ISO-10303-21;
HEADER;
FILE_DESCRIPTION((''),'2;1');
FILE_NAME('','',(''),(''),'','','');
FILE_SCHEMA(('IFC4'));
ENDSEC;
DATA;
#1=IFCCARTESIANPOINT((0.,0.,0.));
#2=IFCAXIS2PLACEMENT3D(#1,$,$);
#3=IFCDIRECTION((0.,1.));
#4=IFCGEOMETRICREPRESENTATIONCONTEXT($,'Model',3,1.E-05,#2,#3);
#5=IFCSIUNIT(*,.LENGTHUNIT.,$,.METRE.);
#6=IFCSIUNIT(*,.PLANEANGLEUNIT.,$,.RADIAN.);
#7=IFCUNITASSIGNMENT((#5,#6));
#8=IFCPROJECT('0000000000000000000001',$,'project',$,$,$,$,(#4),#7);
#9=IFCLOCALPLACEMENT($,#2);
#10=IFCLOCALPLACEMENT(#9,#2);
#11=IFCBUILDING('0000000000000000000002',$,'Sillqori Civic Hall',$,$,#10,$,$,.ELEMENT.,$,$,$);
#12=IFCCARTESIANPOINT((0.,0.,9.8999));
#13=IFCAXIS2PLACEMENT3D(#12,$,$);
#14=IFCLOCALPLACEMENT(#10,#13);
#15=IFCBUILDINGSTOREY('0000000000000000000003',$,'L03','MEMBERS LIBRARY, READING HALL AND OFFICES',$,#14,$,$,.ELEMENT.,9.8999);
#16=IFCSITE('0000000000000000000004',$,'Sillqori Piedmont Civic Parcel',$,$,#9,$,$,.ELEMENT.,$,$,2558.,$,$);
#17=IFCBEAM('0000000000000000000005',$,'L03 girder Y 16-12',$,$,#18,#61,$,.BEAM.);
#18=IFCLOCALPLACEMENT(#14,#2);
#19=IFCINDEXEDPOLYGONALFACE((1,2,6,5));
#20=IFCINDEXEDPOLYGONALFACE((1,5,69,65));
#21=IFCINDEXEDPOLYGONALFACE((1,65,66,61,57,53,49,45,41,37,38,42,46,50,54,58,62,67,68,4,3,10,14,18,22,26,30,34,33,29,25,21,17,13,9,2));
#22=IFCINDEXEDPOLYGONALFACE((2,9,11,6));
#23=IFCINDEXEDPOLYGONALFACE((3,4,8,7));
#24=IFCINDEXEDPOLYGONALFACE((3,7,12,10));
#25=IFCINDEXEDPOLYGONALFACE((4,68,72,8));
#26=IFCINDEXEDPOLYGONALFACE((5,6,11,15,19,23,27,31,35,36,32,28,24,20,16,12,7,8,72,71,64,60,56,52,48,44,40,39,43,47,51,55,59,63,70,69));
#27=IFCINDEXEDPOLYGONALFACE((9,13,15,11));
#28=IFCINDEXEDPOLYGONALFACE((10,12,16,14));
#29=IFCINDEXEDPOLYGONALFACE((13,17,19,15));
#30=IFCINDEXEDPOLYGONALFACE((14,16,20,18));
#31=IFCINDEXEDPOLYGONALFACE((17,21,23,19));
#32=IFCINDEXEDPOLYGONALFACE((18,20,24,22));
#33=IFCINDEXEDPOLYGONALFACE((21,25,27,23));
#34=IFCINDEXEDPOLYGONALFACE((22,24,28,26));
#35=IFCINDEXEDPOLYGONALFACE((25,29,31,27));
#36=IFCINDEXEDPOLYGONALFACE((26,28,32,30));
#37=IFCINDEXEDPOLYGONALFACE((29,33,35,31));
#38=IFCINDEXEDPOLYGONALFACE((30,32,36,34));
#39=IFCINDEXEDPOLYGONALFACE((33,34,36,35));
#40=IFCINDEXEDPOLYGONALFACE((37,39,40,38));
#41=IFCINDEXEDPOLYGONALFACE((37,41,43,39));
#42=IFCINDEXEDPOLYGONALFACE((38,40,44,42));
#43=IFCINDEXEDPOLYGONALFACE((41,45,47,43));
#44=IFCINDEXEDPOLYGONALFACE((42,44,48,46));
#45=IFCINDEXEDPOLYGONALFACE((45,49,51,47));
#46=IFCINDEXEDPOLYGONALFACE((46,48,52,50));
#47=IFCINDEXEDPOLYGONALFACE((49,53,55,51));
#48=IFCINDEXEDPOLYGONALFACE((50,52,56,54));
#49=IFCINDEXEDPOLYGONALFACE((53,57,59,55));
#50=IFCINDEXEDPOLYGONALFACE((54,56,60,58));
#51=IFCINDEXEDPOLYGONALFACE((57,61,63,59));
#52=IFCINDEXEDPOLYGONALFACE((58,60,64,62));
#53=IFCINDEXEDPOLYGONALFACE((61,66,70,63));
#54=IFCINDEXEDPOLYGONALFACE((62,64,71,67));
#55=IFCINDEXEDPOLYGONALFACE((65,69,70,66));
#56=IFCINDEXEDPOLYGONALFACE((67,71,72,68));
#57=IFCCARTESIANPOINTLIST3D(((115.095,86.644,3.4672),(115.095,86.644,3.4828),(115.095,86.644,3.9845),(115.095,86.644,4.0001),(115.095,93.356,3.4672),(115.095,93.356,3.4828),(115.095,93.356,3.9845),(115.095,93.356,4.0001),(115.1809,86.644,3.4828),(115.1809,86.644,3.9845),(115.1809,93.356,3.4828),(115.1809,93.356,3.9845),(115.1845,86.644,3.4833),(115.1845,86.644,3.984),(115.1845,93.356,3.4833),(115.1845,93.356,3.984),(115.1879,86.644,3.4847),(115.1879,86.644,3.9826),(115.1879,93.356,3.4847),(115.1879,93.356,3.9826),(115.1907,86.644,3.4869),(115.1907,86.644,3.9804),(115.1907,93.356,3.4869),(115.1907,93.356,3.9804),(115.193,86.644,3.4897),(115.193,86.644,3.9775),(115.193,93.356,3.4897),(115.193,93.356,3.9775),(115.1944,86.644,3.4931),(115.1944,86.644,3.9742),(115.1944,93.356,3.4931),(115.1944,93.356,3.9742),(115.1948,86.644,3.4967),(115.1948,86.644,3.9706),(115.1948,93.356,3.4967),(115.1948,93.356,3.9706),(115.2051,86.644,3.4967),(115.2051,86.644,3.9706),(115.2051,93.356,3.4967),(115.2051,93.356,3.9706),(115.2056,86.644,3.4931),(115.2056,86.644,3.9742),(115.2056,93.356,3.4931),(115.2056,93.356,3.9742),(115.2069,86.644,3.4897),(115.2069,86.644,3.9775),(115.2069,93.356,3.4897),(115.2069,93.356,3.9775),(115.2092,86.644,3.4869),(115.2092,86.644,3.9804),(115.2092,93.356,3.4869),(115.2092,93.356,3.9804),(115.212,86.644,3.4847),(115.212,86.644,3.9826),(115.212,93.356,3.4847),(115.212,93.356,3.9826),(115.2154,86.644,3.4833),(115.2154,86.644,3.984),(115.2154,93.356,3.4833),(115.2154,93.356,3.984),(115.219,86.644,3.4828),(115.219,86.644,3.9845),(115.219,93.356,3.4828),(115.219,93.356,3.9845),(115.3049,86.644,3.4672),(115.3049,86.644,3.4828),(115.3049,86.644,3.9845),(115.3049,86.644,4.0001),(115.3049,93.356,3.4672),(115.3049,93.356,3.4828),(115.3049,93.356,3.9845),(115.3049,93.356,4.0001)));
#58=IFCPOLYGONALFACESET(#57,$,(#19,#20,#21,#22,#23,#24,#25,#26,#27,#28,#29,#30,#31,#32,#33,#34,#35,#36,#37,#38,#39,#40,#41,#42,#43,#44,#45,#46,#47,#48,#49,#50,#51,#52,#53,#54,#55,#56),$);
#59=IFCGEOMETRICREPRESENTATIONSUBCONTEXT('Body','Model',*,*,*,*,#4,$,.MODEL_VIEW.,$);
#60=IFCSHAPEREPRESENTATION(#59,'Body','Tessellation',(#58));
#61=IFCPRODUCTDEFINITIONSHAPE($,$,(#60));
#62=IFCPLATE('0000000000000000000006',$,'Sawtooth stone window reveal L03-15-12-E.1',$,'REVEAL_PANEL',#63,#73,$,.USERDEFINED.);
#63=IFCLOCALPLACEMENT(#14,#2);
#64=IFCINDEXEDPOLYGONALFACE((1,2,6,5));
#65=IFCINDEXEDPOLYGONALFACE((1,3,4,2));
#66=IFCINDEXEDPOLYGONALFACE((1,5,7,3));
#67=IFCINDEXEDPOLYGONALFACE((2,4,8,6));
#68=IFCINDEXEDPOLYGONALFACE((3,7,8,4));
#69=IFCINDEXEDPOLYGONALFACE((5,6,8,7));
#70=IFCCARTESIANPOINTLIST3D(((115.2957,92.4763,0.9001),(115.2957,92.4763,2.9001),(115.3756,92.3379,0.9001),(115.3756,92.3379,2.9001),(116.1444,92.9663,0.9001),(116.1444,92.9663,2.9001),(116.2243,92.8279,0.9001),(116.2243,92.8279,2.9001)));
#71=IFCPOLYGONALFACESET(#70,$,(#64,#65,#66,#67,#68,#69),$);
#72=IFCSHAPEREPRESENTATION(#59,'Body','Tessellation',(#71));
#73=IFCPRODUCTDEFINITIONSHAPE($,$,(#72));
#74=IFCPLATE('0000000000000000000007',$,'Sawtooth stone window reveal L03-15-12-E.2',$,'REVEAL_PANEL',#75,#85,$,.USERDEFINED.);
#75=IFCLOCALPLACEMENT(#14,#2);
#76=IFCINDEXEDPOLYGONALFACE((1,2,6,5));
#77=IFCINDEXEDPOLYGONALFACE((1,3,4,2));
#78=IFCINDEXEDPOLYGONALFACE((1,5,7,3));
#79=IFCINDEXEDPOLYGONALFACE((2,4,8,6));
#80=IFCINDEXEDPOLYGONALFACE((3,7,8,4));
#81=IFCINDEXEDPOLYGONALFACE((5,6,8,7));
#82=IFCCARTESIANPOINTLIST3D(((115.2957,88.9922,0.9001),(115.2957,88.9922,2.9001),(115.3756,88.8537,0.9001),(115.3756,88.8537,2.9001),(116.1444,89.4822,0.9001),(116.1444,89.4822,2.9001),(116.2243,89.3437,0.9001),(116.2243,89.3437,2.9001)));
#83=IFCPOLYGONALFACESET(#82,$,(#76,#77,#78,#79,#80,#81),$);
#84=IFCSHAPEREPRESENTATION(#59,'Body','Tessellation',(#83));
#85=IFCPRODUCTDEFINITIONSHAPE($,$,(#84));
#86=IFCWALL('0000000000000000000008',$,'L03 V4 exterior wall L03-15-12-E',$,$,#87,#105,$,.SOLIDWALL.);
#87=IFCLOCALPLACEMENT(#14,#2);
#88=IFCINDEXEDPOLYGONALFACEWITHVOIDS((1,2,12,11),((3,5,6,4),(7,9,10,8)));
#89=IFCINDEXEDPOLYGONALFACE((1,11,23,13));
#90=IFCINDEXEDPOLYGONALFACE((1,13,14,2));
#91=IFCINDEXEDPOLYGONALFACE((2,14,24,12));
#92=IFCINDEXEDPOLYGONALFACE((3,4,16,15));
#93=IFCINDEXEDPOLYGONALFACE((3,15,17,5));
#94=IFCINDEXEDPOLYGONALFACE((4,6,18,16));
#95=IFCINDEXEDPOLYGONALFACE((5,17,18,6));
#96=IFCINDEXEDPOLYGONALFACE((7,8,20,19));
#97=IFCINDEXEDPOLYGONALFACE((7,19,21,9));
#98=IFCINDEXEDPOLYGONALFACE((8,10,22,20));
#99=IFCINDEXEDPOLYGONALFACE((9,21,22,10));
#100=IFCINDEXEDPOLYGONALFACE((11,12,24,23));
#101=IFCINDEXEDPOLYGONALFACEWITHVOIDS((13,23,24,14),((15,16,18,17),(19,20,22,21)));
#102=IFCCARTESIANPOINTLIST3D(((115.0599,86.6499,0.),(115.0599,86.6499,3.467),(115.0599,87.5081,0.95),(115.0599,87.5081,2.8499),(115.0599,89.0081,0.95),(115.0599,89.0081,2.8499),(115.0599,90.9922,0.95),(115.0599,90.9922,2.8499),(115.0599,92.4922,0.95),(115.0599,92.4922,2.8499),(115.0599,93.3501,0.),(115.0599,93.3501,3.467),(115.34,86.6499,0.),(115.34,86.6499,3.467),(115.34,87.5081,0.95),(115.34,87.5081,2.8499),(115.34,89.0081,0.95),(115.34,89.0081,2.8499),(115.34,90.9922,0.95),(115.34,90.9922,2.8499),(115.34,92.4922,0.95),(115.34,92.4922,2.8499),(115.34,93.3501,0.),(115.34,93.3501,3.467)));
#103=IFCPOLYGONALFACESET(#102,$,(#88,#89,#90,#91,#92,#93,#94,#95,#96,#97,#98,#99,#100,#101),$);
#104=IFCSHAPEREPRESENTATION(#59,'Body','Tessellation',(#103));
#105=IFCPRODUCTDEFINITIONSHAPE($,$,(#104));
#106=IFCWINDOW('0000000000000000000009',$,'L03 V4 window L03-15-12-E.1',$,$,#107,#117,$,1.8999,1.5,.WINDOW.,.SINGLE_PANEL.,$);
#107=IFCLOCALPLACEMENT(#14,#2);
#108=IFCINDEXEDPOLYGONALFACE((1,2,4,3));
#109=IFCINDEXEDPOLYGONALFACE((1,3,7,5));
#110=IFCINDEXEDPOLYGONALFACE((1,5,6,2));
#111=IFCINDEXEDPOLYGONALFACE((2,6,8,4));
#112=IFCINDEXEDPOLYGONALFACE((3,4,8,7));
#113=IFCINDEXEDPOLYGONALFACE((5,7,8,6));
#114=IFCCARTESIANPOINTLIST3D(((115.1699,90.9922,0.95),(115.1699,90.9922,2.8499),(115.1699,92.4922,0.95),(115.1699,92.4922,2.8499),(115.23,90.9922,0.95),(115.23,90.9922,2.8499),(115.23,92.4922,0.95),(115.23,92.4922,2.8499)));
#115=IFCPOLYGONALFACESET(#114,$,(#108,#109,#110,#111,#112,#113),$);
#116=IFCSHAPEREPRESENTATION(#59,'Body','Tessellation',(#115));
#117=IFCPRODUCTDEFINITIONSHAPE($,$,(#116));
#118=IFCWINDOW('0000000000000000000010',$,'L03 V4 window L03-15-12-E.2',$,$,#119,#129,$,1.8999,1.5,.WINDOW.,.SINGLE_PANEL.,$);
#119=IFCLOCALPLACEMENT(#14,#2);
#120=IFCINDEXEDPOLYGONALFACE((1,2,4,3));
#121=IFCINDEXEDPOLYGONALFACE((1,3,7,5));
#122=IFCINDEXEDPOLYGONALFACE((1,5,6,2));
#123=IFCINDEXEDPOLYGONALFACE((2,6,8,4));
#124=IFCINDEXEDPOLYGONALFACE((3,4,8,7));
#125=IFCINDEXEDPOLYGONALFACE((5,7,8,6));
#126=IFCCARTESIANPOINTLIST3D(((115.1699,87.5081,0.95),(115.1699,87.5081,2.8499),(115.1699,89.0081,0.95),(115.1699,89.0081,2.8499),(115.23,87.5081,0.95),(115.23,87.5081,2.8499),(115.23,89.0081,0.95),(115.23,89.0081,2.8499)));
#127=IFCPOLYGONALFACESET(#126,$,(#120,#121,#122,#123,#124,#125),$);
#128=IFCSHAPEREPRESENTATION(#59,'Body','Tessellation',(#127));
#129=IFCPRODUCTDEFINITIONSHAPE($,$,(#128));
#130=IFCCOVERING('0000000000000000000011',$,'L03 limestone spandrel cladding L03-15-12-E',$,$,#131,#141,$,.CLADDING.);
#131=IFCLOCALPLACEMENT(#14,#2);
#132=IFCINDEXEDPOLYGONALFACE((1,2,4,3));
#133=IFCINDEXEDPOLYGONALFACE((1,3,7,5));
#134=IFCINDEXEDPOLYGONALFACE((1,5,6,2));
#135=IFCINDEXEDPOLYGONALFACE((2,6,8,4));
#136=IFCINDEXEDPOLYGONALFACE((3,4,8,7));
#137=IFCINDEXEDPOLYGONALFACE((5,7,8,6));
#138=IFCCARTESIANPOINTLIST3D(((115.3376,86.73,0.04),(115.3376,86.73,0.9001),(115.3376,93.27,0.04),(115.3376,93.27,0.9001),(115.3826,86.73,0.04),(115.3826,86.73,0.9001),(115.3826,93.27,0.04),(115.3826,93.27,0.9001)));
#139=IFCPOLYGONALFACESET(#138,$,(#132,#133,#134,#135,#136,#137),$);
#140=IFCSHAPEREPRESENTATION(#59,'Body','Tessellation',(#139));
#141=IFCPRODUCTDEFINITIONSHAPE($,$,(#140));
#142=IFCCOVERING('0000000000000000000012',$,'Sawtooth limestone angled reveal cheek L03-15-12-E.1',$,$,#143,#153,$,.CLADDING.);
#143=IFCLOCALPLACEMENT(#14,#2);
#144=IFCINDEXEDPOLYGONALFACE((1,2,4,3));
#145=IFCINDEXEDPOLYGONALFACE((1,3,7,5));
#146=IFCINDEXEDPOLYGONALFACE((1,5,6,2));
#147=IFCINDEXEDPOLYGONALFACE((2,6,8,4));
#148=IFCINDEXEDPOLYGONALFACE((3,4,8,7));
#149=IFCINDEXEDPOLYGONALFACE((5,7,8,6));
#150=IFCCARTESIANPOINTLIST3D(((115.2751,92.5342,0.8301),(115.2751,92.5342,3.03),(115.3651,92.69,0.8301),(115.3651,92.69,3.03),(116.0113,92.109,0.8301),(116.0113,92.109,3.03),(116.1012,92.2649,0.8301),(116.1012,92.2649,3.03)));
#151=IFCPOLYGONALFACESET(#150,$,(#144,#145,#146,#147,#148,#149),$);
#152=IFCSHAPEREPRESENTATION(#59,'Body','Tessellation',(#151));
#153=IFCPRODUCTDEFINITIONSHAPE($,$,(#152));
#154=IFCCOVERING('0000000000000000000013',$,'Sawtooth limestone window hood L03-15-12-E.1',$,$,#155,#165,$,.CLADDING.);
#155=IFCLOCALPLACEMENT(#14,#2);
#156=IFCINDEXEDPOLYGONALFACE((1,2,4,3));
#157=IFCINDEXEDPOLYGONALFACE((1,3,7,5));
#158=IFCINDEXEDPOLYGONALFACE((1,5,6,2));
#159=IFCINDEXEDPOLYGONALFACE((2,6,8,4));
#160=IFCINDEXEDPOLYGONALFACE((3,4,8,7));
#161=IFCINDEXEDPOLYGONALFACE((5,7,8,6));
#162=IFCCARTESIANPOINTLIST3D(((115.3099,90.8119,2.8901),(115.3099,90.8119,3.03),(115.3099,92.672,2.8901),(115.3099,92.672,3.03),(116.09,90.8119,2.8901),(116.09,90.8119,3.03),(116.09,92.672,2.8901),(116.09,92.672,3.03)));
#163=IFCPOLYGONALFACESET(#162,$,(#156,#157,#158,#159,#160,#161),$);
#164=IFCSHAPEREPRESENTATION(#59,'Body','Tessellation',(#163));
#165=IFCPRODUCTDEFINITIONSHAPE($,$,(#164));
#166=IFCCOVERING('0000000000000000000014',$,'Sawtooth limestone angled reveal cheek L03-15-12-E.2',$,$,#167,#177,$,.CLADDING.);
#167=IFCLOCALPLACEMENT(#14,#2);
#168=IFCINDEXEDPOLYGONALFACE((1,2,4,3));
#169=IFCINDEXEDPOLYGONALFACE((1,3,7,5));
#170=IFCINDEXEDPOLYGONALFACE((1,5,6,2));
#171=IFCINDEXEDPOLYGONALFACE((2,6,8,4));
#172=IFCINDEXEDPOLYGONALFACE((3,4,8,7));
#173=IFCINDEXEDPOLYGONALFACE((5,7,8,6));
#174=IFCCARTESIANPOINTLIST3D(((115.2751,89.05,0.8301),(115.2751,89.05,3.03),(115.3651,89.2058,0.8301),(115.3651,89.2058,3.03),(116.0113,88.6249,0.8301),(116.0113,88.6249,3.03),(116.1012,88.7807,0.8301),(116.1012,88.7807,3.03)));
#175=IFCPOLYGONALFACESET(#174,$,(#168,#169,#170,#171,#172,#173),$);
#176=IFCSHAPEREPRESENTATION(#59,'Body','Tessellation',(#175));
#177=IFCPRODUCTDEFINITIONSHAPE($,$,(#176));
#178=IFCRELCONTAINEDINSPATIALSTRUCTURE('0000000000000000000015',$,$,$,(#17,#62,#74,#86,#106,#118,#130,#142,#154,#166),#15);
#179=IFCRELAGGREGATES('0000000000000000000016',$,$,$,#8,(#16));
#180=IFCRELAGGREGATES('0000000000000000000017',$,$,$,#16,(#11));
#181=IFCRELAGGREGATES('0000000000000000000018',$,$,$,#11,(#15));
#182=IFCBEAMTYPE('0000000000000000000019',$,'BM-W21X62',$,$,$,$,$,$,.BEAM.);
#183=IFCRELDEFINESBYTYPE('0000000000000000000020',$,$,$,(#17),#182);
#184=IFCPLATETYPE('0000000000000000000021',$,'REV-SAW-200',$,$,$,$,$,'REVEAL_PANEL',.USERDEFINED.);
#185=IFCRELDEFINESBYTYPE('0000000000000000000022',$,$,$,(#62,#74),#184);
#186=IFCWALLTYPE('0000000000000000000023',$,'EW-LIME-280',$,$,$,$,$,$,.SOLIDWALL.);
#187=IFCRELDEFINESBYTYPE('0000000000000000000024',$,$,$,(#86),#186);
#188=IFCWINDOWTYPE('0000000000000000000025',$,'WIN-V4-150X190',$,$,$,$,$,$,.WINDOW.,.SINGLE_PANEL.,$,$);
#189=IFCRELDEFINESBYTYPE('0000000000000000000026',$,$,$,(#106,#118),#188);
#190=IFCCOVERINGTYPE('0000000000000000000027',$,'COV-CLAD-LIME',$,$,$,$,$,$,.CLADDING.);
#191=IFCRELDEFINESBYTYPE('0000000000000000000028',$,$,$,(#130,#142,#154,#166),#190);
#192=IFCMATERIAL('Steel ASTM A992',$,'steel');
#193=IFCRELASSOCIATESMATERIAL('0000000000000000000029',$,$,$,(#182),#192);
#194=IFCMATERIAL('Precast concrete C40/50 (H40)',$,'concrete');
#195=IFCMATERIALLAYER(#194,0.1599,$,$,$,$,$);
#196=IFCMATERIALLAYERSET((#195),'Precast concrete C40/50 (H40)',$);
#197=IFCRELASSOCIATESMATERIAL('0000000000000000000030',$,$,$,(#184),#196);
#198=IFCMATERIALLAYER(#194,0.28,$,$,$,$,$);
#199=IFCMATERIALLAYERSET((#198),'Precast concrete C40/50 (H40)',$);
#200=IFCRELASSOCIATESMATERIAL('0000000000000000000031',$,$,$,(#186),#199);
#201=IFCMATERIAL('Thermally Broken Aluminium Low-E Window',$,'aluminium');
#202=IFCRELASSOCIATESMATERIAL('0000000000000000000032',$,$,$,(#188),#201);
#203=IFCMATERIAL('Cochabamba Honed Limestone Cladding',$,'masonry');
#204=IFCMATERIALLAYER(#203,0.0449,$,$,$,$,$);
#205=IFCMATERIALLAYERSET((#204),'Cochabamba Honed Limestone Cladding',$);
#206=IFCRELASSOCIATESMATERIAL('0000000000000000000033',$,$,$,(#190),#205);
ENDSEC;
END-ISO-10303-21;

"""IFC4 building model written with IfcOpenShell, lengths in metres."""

from ifc_helpers import new_model, si_unit, direction, frame, frame_2d, origin, origin_2d, place, context, subcontext, project, spatial, rectangle, i_section, extrude, material, layer, layer_set, material_profile, profile_set, type_object, element, fill, save


model = new_model("IFC4")

# Units and contexts
model_context = context("Model", 3, precision=1e-05, world=origin(), true_north=direction((0.0, 1.0)))
body_context = subcontext(model_context, "Body", "Model", "MODEL_VIEW")
ifc_project = project(units=[si_unit("LENGTHUNIT", "METRE"), si_unit("PLANEANGLEUNIT", "RADIAN")], contexts=[model_context])

# Site, building, storey
site_placement = place(None, origin())
site = spatial("IfcSite", under=ifc_project, at=site_placement, Name="Sillqori Piedmont Civic Parcel", CompositionType="ELEMENT", RefElevation=2558.0)
building_placement = place(site_placement, origin())
building = spatial("IfcBuilding", under=site, at=building_placement, Name="Sillqori Civic Hall", CompositionType="ELEMENT")
storey_placement = place(building_placement, frame((0.0, 0.0, 9.8999)))
storey = spatial("IfcBuildingStorey", under=building, at=storey_placement, Name="L03", Description="MEMBERS LIBRARY, READING HALL AND OFFICES", CompositionType="ELEMENT", Elevation=9.8999)

# Beam
ifc_material_1 = material(Name="Steel ASTM A992", Category="steel")
ifc_material_profile = material_profile(ifc_material_1, i_section(OverallWidth=0.21, OverallDepth=0.533, WebThickness=0.0103, FlangeThickness=0.0156, FilletRadius=0.0139, at=origin_2d()), Name="W21X62")
ifc_profile_set = profile_set([ifc_material_profile], Name="Steel ASTM A992")
beam_type = type_object("IfcBeamType", Name="BM-W21X62", PredefinedType="BEAM", material=ifc_profile_set)
beam_placement = place(storey_placement, frame((115.2, 86.644, 3.7336), z_axis=(0.0, 1.0, 0.0), x_axis=(-1.0, 0.0, 0.0)))
element("IfcBeam", 1, at=beam_placement, inside=storey, type_object=beam_type, Name="L03 girder Y 16-12", PredefinedType="BEAM", context=body_context, shape_type="SweptSolid", body=[
    extrude(i_section(OverallWidth=0.21, OverallDepth=0.533, WebThickness=0.0103, FlangeThickness=0.0156, FilletRadius=0.0139, at=origin_2d()), origin(), (0.0, 0.0, 1.0), 6.7119),
])

# Plates
ifc_material_2 = material(Name="Precast concrete C40/50 (H40)", Category="concrete")
ifc_layer_1 = layer(ifc_material_2, 0.1599)
ifc_layer_set_1 = layer_set([ifc_layer_1], Name="Precast concrete C40/50 (H40)")
plate_type = type_object("IfcPlateType", Name="REV-SAW-200", ElementType="REVEAL_PANEL", PredefinedType="USERDEFINED", material=ifc_layer_set_1)
for number, where, z_axis, x_axis, name in (
    (2, (115.76, 92.6521, 0.9001), (0.0, 0.0, 1.0), (0.5, -0.866025, 0.0), "Sawtooth stone window reveal L03-15-12-E.1"),
    (3, (115.76, 89.168, 0.9001), (0.0, 0.0, 1.0), (0.5, -0.866025, 0.0), "Sawtooth stone window reveal L03-15-12-E.2"),
):
    element("IfcPlate", number, at=place(storey_placement, frame(where, z_axis=z_axis, x_axis=x_axis)), inside=storey, type_object=plate_type, Name=name, ObjectType="REVEAL_PANEL", PredefinedType="USERDEFINED", context=body_context, shape_type="SweptSolid", body=[
        extrude(rectangle(XDim=0.1599, YDim=0.98, at=origin_2d()), origin(), (0.0, 0.0, 1.0), 2.0),
    ])

# Wall, openings, windows
ifc_layer_2 = layer(ifc_material_2, 0.28)
ifc_layer_set_2 = layer_set([ifc_layer_2], Name="Precast concrete C40/50 (H40)")
wall_type = type_object("IfcWallType", Name="EW-LIME-280", PredefinedType="SOLIDWALL", material=ifc_layer_set_2)
wall_placement = place(storey_placement, frame((115.2, 93.3501, 0.0), z_axis=(0.0, 0.0, 1.0), x_axis=(0.0, -1.0, 0.0)))
wall = element("IfcWall", 4, at=wall_placement, inside=storey, type_object=wall_type, Name="L03 V4 exterior wall L03-15-12-E", PredefinedType="SOLIDWALL", context=body_context, shape_type="SweptSolid", body=[
    extrude(rectangle(XDim=6.7002, YDim=0.28, at=frame_2d((3.3501, 0.0))), origin(), (0.0, 0.0, 1.0), 3.467),
])
opening_1_placement = place(wall_placement, frame((0.8579, 0.0, 0.95)))
opening_1 = element("IfcOpeningElement", 5, at=opening_1_placement, cuts=wall, PredefinedType="OPENING", context=body_context, shape_type="SweptSolid", body=[
    extrude(rectangle(XDim=1.5, YDim=1.8999, at=frame_2d((0.75, 0.95))), frame((0.0, 0.1499, 0.0), z_axis=(0.0, -1.0, 0.0), x_axis=(1.0, 0.0, 0.0)), (0.0, 0.0, 1.0), 0.3),
])
opening_2_placement = place(wall_placement, frame((4.342, 0.0, 0.95)))
opening_2 = element("IfcOpeningElement", 6, at=opening_2_placement, cuts=wall, PredefinedType="OPENING", context=body_context, shape_type="SweptSolid", body=[
    extrude(rectangle(XDim=1.5, YDim=1.8999, at=frame_2d((0.75, 0.95))), frame((0.0, 0.1499, 0.0), z_axis=(0.0, -1.0, 0.0), x_axis=(1.0, 0.0, 0.0)), (0.0, 0.0, 1.0), 0.3),
])
ifc_material_3 = material(Name="Thermally Broken Aluminium Low-E Window", Category="aluminium")
window_type = type_object("IfcWindowType", Name="WIN-V4-150X190", PartitioningType="SINGLE_PANEL", PredefinedType="WINDOW", material=ifc_material_3)
window_1_placement = place(opening_1_placement, origin())
window_1 = element("IfcWindow", 7, at=window_1_placement, inside=storey, type_object=window_type, Name="L03 V4 window L03-15-12-E.1", OverallHeight=1.8999, OverallWidth=1.5, PartitioningType="SINGLE_PANEL", PredefinedType="WINDOW", context=body_context, shape_type="SweptSolid", body=[
    extrude(rectangle(XDim=1.5, YDim=1.8999, at=frame_2d((0.75, 0.95))), frame((0.0, 0.03, 0.0), z_axis=(0.0, -1.0, 0.0), x_axis=(1.0, 0.0, 0.0)), (0.0, 0.0, 1.0), 0.0601),
])
fill(opening_1, window_1)
window_2_placement = place(opening_2_placement, origin())
window_2 = element("IfcWindow", 8, at=window_2_placement, inside=storey, type_object=window_type, Name="L03 V4 window L03-15-12-E.2", OverallHeight=1.8999, OverallWidth=1.5, PartitioningType="SINGLE_PANEL", PredefinedType="WINDOW", context=body_context, shape_type="SweptSolid", body=[
    extrude(rectangle(XDim=1.5, YDim=1.8999, at=frame_2d((0.75, 0.95))), frame((0.0, 0.03, 0.0), z_axis=(0.0, -1.0, 0.0), x_axis=(1.0, 0.0, 0.0)), (0.0, 0.0, 1.0), 0.0601),
])
fill(opening_2, window_2)

# Coverings
ifc_material_4 = material(Name="Cochabamba Honed Limestone Cladding", Category="masonry")
ifc_layer_3 = layer(ifc_material_4, 0.0449)
ifc_layer_set_3 = layer_set([ifc_layer_3], Name="Cochabamba Honed Limestone Cladding")
covering_type = type_object("IfcCoveringType", Name="COV-CLAD-LIME", PredefinedType="CLADDING", material=ifc_layer_set_3)
covering_1_placement = place(storey_placement, frame((115.3601, 93.27, 0.04), z_axis=(0.0, 0.0, 1.0), x_axis=(0.0, -1.0, 0.0)))
element("IfcCovering", 9, at=covering_1_placement, inside=storey, type_object=covering_type, Name="L03 limestone spandrel cladding L03-15-12-E", PredefinedType="CLADDING", context=body_context, shape_type="SweptSolid", body=[
    extrude(rectangle(XDim=6.54, YDim=0.0449, at=frame_2d((3.27, 0.0))), origin(), (0.0, 0.0, 1.0), 0.8601),
])
covering_2_placement = place(storey_placement, frame((115.3201, 92.6121, 0.8301), z_axis=(0.0, 0.0, 1.0), x_axis=(0.865989, -0.500062, 0.0)))
element("IfcCovering", 10, at=covering_2_placement, inside=storey, type_object=covering_type, Name="Sawtooth limestone angled reveal cheek L03-15-12-E.1", PredefinedType="CLADDING", context=body_context, shape_type="SweptSolid", body=[
    extrude(rectangle(XDim=0.8501, YDim=0.1799, at=frame_2d((0.425, 0.0))), origin(), (0.0, 0.0, 1.0), 2.2),
])
covering_3_placement = place(storey_placement, frame((115.7, 92.6721, 2.8901), z_axis=(0.0, 0.0, 1.0), x_axis=(0.0, -1.0, 0.0)))
element("IfcCovering", 11, at=covering_3_placement, inside=storey, type_object=covering_type, Name="Sawtooth limestone window hood L03-15-12-E.1", PredefinedType="CLADDING", context=body_context, shape_type="SweptSolid", body=[
    extrude(rectangle(XDim=1.8601, YDim=0.78, at=frame_2d((0.9302, 0.0))), origin(), (0.0, 0.0, 1.0), 0.1399),
])
covering_4_placement = place(storey_placement, frame((115.3201, 89.1279, 0.8301), z_axis=(0.0, 0.0, 1.0), x_axis=(0.865989, -0.500062, 0.0)))
element("IfcCovering", 12, at=covering_4_placement, inside=storey, type_object=covering_type, Name="Sawtooth limestone angled reveal cheek L03-15-12-E.2", PredefinedType="CLADDING", context=body_context, shape_type="SweptSolid", body=[
    extrude(rectangle(XDim=0.8501, YDim=0.1799, at=frame_2d((0.425, 0.0))), origin(), (0.0, 0.0, 1.0), 2.2),
])

save(model, "model.ifc")
